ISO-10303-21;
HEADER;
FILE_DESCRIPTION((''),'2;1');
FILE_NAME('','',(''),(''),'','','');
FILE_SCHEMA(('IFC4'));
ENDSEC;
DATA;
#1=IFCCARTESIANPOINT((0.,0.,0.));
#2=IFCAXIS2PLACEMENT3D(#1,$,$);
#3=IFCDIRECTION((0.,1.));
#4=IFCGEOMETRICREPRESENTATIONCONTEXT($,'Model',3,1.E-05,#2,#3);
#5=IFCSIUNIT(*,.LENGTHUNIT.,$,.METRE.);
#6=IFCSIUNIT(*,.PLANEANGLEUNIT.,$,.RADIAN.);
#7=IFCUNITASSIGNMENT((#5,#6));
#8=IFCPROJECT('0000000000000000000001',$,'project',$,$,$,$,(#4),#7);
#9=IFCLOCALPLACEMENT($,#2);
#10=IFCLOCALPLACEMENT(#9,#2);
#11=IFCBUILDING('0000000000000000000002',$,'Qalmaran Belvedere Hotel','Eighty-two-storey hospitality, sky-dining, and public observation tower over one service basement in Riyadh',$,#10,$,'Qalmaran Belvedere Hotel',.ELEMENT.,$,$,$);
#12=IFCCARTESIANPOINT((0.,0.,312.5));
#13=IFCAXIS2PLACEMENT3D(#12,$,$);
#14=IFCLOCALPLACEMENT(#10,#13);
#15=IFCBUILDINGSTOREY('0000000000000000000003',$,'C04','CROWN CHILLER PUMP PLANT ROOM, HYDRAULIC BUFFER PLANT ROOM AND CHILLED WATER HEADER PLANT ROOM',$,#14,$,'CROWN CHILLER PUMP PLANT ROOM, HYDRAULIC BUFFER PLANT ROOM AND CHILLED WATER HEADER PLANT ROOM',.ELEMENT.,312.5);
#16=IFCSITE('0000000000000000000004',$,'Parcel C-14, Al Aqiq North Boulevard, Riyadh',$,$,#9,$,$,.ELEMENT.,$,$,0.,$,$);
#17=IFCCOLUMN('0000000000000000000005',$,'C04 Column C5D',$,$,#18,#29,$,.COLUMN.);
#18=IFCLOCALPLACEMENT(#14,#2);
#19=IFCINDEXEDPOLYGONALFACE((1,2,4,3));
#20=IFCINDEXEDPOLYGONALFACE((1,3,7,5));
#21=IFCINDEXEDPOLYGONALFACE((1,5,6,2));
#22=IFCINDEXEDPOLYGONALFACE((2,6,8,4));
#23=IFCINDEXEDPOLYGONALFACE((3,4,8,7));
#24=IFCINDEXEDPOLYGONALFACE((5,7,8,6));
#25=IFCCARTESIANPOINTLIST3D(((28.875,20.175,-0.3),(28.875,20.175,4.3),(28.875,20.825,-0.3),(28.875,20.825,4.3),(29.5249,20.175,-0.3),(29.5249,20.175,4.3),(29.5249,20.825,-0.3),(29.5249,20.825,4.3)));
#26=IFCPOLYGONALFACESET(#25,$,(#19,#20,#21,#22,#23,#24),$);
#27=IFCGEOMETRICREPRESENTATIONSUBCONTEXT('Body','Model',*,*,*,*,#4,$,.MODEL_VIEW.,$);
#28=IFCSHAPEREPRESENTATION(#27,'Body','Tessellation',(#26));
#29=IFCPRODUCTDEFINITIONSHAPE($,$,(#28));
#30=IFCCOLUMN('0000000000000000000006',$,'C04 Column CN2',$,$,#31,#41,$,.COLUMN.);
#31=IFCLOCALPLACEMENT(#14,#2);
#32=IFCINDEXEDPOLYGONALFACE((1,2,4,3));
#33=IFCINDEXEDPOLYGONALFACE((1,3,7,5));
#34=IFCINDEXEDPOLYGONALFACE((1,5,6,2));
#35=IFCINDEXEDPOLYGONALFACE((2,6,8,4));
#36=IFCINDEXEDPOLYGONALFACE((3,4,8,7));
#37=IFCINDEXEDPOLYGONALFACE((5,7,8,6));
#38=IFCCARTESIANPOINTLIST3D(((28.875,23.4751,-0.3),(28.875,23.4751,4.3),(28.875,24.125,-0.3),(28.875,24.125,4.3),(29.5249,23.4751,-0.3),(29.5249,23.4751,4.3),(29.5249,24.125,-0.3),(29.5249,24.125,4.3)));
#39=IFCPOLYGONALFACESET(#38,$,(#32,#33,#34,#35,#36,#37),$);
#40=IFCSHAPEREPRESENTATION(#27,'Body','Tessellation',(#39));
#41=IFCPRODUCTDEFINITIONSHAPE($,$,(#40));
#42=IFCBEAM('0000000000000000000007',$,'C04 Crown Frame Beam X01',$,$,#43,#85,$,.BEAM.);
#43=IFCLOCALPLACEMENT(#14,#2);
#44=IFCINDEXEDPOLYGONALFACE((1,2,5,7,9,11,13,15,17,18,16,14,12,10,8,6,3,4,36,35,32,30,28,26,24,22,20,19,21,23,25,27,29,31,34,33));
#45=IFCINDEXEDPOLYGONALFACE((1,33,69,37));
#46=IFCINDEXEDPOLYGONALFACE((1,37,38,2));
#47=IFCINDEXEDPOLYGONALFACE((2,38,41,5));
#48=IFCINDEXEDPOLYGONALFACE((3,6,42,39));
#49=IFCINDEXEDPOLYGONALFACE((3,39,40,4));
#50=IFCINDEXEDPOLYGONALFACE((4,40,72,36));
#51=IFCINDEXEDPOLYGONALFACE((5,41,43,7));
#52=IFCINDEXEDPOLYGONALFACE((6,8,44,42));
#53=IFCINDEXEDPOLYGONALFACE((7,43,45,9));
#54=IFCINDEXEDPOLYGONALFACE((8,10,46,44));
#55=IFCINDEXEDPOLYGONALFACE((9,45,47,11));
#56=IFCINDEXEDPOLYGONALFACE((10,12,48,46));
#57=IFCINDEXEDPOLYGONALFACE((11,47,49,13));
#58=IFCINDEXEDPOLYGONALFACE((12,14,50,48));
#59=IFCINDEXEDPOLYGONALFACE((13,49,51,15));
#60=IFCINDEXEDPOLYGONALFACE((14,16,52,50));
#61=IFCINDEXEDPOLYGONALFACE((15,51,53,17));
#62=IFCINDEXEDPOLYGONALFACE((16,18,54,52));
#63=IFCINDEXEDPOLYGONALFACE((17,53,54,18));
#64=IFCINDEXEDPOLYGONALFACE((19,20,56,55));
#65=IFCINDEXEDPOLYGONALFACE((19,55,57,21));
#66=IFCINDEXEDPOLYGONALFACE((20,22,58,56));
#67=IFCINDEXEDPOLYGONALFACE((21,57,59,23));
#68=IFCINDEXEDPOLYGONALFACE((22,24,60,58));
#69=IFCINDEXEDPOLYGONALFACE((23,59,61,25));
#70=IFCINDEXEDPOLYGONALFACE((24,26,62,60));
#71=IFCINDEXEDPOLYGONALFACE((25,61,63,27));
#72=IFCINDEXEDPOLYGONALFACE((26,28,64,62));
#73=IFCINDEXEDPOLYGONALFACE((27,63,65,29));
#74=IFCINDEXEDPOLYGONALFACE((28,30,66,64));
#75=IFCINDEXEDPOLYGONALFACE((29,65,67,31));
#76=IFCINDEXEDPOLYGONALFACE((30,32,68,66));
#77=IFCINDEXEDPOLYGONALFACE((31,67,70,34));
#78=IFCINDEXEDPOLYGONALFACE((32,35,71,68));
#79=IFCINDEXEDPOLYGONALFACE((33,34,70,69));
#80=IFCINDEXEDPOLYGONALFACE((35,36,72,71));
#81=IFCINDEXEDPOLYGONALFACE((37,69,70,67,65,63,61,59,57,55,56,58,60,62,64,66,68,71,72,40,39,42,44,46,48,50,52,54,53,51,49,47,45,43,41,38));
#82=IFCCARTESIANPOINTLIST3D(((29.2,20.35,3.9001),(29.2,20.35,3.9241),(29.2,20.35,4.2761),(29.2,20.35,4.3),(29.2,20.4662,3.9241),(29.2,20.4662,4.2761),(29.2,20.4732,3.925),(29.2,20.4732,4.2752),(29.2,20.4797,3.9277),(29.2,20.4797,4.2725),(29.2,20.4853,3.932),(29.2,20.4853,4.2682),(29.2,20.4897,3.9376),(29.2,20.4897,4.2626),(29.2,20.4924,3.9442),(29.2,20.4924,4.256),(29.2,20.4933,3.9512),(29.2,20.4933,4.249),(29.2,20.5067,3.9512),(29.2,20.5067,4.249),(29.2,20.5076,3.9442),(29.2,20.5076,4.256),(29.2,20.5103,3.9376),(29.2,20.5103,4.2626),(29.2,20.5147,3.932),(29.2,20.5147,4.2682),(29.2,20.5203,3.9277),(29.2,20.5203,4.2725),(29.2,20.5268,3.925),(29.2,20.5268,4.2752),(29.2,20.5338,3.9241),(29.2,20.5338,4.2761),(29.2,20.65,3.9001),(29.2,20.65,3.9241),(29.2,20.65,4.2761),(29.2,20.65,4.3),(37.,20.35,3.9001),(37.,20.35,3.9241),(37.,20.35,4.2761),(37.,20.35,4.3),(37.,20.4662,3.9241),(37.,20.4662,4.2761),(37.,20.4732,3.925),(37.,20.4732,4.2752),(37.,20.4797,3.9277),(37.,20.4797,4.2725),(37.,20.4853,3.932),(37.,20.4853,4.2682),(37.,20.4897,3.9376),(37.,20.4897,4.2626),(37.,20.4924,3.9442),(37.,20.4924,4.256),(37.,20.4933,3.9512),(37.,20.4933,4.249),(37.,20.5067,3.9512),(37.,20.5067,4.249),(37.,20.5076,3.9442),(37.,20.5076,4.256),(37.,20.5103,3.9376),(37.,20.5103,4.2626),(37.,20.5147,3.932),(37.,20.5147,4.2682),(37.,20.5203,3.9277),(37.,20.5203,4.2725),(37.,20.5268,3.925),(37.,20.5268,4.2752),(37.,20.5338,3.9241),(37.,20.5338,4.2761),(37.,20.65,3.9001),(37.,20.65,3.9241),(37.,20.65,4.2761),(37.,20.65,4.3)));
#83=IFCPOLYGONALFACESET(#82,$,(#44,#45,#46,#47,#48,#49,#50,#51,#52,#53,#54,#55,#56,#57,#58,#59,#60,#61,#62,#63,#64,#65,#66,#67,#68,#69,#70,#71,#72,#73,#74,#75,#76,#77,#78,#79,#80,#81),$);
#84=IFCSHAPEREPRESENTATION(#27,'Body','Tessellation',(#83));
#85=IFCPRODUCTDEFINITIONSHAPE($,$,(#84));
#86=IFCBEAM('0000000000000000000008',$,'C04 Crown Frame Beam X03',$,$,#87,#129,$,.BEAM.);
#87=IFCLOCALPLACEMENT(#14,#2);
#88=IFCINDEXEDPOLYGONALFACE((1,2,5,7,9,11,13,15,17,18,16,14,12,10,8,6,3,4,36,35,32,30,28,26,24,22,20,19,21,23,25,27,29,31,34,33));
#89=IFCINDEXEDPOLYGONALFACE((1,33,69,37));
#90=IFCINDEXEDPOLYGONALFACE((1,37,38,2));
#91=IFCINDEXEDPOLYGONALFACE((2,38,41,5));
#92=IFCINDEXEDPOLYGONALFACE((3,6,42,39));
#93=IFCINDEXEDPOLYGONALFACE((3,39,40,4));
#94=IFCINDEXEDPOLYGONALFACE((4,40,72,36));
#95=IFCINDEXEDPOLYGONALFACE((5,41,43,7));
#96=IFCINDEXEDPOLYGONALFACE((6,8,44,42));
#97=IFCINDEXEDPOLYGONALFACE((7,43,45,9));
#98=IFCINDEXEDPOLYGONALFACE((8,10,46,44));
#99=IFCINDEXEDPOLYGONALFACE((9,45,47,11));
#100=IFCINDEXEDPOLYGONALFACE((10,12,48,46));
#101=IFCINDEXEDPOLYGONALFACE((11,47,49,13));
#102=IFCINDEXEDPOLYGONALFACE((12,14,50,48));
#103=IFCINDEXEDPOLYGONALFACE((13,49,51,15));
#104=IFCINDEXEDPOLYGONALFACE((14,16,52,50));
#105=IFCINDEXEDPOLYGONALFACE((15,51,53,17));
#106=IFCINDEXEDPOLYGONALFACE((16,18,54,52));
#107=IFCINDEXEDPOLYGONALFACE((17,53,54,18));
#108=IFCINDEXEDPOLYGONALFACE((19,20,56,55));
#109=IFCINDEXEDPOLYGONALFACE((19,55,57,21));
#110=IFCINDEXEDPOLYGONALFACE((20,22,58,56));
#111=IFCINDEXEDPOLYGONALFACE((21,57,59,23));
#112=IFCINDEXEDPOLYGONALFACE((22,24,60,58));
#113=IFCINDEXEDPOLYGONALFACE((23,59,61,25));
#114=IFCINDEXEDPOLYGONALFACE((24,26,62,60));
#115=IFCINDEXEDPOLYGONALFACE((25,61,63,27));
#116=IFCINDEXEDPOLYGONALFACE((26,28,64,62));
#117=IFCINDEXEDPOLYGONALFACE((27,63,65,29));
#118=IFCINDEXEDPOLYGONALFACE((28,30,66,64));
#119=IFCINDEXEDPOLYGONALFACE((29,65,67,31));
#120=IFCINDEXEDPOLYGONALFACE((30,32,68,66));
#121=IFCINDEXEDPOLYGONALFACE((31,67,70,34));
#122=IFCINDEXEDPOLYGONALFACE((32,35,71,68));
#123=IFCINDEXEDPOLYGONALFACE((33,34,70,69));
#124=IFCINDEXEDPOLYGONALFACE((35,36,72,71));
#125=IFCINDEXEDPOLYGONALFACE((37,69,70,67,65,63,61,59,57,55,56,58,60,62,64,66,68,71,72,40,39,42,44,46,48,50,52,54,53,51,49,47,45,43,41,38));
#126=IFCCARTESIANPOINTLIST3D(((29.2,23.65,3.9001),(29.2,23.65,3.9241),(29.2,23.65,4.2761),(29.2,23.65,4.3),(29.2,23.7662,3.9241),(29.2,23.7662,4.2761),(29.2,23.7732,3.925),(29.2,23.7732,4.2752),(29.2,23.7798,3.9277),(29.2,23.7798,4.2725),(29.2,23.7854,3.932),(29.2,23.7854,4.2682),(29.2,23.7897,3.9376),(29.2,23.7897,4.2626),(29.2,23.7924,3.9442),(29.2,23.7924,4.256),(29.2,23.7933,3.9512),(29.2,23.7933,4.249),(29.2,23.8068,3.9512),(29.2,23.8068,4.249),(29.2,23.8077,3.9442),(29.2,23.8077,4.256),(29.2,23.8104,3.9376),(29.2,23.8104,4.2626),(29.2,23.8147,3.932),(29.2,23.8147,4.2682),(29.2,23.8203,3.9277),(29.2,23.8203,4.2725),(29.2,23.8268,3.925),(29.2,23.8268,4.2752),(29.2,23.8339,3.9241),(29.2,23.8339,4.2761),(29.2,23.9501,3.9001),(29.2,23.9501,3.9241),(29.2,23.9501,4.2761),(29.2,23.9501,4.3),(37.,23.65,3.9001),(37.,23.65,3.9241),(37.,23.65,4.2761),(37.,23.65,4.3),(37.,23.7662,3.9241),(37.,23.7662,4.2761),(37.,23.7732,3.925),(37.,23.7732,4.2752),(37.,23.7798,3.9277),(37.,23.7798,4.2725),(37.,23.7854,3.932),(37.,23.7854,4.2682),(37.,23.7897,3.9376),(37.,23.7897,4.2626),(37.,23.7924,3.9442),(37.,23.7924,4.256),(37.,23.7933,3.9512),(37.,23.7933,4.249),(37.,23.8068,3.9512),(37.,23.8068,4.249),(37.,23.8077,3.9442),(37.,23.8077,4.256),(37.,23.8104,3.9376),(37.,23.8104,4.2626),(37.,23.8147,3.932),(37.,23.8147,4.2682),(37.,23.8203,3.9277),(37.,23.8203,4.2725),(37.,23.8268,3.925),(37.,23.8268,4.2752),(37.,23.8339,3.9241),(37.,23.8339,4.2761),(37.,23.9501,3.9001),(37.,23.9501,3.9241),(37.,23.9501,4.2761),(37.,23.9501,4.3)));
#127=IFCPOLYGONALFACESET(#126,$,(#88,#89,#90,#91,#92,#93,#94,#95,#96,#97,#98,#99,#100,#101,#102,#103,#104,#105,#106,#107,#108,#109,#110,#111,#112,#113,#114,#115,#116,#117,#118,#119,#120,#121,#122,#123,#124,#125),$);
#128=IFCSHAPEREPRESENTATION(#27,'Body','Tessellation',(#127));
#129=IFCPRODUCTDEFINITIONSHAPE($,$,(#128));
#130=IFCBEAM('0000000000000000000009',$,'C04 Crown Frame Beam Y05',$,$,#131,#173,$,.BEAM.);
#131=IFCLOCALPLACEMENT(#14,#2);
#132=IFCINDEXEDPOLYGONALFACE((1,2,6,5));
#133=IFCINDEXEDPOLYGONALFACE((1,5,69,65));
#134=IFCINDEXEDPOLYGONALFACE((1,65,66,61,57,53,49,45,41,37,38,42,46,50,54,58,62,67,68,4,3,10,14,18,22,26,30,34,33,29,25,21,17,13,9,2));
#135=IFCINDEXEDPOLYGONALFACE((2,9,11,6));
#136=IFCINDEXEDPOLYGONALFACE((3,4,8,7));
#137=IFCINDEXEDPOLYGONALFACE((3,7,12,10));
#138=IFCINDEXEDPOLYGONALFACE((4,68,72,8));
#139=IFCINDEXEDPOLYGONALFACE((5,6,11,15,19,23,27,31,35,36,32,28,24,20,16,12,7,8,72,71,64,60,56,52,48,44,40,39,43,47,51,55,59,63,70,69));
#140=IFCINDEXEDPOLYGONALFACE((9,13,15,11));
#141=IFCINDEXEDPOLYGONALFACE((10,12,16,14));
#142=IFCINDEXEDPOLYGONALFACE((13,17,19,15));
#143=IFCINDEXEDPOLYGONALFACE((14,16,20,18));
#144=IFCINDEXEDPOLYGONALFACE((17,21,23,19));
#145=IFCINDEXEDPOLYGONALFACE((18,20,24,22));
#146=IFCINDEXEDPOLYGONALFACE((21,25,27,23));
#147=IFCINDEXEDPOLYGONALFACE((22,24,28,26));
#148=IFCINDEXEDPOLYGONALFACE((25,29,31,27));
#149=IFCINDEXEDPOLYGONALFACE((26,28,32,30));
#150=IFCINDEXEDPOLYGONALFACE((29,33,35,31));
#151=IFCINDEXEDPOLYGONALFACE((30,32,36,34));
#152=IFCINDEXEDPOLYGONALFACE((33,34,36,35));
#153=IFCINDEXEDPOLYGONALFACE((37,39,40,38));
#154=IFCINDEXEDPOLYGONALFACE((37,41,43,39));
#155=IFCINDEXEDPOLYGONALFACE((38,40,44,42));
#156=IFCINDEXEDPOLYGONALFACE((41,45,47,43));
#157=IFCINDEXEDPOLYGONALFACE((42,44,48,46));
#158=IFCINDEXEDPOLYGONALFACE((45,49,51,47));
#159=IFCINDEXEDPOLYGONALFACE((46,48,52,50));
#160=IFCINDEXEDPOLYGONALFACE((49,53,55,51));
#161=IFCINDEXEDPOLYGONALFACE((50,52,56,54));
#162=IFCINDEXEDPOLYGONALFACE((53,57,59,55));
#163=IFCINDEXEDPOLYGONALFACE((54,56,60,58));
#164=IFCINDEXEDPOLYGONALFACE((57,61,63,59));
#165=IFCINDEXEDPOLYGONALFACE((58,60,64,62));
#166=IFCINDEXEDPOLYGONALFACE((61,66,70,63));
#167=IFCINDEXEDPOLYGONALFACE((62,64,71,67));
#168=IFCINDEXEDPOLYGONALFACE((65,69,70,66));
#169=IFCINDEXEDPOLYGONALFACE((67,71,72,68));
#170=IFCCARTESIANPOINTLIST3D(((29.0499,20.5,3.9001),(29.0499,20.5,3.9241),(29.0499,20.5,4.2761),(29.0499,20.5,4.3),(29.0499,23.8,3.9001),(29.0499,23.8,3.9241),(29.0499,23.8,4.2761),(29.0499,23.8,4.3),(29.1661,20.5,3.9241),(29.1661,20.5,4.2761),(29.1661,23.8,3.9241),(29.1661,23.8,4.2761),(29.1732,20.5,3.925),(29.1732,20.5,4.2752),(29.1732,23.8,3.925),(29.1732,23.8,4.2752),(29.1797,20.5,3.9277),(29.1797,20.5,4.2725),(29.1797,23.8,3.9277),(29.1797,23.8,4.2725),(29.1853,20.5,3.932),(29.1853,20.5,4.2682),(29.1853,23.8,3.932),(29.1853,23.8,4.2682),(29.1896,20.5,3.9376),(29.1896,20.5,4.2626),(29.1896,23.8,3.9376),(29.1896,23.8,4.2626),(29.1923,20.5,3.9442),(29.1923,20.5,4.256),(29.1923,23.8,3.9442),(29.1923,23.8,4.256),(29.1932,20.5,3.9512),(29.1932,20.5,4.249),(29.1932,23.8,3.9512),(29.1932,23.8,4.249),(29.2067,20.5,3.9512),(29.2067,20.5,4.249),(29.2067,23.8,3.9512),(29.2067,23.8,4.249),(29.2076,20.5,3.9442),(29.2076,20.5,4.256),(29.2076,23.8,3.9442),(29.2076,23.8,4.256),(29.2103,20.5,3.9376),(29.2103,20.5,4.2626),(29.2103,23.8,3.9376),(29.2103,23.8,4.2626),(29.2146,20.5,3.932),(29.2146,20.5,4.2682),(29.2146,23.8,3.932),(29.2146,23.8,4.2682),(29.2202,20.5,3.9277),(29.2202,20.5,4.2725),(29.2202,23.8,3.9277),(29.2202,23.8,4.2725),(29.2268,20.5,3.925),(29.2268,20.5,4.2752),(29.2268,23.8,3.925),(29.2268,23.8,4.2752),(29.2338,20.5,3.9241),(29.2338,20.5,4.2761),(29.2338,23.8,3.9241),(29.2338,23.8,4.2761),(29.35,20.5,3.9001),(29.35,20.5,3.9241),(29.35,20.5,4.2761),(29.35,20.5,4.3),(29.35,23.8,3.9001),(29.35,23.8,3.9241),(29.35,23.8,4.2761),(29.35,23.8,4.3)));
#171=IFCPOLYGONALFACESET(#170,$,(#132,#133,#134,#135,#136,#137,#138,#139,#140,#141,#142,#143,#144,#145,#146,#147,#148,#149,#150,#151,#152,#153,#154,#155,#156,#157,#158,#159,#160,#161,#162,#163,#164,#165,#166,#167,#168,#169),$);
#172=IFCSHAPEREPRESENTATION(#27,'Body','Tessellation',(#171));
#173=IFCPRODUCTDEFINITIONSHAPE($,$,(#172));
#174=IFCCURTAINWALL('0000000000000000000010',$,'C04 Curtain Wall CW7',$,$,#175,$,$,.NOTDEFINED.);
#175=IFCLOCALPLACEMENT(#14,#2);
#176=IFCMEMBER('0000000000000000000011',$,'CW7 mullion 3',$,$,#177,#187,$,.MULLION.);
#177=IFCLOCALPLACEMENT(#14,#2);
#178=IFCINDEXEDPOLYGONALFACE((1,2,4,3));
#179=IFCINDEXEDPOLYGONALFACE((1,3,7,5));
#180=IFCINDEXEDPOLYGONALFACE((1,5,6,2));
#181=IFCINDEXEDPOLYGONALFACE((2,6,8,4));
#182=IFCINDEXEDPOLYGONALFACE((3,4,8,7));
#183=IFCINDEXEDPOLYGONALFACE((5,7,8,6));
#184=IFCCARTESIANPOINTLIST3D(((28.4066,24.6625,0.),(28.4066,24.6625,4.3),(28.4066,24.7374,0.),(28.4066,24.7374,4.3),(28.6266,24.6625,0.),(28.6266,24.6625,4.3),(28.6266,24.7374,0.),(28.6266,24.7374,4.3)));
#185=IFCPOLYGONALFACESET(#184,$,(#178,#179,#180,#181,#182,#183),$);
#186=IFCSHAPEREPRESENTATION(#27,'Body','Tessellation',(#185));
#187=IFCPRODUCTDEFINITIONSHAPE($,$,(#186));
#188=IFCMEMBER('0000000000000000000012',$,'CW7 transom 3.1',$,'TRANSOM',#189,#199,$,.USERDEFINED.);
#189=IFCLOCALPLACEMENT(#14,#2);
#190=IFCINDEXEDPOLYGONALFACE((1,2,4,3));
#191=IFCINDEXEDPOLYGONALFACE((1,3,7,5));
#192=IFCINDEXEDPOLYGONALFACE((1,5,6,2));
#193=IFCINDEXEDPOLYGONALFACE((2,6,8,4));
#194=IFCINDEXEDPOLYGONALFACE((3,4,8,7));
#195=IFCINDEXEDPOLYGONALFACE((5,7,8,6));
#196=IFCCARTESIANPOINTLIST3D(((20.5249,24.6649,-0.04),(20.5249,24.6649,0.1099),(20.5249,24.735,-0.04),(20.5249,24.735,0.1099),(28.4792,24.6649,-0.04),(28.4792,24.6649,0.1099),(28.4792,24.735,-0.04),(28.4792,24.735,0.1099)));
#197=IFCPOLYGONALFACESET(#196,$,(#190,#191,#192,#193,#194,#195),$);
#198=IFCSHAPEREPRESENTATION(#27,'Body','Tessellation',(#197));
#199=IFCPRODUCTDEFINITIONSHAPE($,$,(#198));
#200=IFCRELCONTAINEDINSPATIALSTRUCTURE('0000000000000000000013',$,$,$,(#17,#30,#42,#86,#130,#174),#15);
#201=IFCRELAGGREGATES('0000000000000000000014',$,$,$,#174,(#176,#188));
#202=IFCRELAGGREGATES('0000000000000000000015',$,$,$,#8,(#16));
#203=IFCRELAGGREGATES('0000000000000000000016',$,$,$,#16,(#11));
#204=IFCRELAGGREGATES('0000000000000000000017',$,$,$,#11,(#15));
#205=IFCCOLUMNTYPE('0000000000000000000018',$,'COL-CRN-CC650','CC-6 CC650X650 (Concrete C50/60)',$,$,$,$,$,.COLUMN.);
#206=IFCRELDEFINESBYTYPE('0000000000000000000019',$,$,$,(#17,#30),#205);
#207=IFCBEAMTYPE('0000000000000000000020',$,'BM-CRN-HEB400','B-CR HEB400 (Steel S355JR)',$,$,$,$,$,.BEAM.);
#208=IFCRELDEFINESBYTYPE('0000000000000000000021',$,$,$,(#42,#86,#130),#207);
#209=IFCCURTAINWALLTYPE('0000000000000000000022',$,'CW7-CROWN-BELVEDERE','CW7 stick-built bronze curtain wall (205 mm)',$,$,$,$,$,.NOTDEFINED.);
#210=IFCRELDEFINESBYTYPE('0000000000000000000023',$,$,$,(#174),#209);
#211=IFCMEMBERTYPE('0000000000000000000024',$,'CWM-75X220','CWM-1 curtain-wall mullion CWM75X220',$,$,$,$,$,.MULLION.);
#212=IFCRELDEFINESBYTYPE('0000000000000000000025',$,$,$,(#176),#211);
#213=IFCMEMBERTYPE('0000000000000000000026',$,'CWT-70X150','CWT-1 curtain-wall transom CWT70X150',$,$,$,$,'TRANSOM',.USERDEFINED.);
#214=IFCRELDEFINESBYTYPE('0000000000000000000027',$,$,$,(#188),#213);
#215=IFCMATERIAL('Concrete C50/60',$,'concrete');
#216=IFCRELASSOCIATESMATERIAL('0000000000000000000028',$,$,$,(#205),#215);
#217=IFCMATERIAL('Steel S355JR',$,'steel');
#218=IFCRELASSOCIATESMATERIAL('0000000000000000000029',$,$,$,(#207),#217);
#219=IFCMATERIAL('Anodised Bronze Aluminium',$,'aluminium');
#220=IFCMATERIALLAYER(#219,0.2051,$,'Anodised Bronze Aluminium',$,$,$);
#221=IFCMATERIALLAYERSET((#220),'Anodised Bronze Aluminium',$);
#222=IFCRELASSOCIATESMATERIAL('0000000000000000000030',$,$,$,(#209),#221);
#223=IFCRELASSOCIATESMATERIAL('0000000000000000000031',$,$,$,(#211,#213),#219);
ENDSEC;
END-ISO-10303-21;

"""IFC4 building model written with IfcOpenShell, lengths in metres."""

from ifc_helpers import new_model, si_unit, direction, frame, origin, origin_2d, place, context, subcontext, project, spatial, rectangle, i_section, extrude, material, layer, layer_set, material_profile, profile_set, type_object, element, aggregate, save


model = new_model("IFC4")

# Units and contexts
model_context = context("Model", 3, precision=1e-05, world=origin(), true_north=direction((0.0, 1.0)))
body_context = subcontext(model_context, "Body", "Model", "MODEL_VIEW")
ifc_project = project(units=[si_unit("LENGTHUNIT", "METRE"), si_unit("PLANEANGLEUNIT", "RADIAN")], contexts=[model_context])

# Site, building, storey
site_placement = place(None, origin())
site = spatial("IfcSite", under=ifc_project, at=site_placement, Name="Parcel C-14, Al Aqiq North Boulevard, Riyadh", CompositionType="ELEMENT", RefElevation=0.0)
building_placement = place(site_placement, origin())
building = spatial("IfcBuilding", under=site, at=building_placement, Name="Qalmaran Belvedere Hotel", Description="Eighty-two-storey hospitality, sky-dining, and public observation tower over one service basement in Riyadh", LongName="Qalmaran Belvedere Hotel", CompositionType="ELEMENT")
storey_placement = place(building_placement, frame((0.0, 0.0, 312.5)))
storey = spatial("IfcBuildingStorey", under=building, at=storey_placement, Name="C04", Description="CROWN CHILLER PUMP PLANT ROOM, HYDRAULIC BUFFER PLANT ROOM AND CHILLED WATER HEADER PLANT ROOM", LongName="CROWN CHILLER PUMP PLANT ROOM, HYDRAULIC BUFFER PLANT ROOM AND CHILLED WATER HEADER PLANT ROOM", CompositionType="ELEMENT", Elevation=312.5)

# Columns
ifc_material_1 = material(Name="Concrete C50/60", Category="concrete")
ifc_material_profile_1 = material_profile(ifc_material_1, rectangle(XDim=0.6499, YDim=0.6499, at=origin_2d()), Name="CC650X650")
ifc_profile_set_1 = profile_set([ifc_material_profile_1], Name="Concrete C50/60")
column_type = type_object("IfcColumnType", Name="COL-CRN-CC650", Description="CC-6 CC650X650 (Concrete C50/60)", PredefinedType="COLUMN", material=ifc_profile_set_1)
for number, where, z_axis, x_axis, name in (
    (1, (29.2, 20.5, -0.3), (0.0, 0.0, 1.0), (1.0, 0.0, 0.0), "C04 Column C5D"),
    (2, (29.2, 23.8, -0.3), (0.0, 0.0, 1.0), (1.0, 0.0, 0.0), "C04 Column CN2"),
):
    element("IfcColumn", number, at=place(storey_placement, frame(where, z_axis=z_axis, x_axis=x_axis)), inside=storey, type_object=column_type, Name=name, PredefinedType="COLUMN", context=body_context, shape_type="SweptSolid", body=[
        extrude(rectangle(XDim=0.6499, YDim=0.6499, at=origin_2d()), origin(), (0.0, 0.0, 1.0), 4.6001),
    ])

# Beams
ifc_material_2 = material(Name="Steel S355JR", Category="steel")
ifc_material_profile_2 = material_profile(ifc_material_2, i_section(OverallWidth=0.3, OverallDepth=0.3999, WebThickness=0.0134, FlangeThickness=0.0239, FilletRadius=0.0271, at=origin_2d()), Name="HEB400")
ifc_profile_set_2 = profile_set([ifc_material_profile_2], Name="Steel S355JR")
beam_type = type_object("IfcBeamType", Name="BM-CRN-HEB400", Description="B-CR HEB400 (Steel S355JR)", PredefinedType="BEAM", material=ifc_profile_set_2)
for number, where, z_axis, x_axis, name in (
    (3, (29.2, 20.5, 4.1001), (1.0, 0.0, 0.0), (0.0, 1.0, 0.0), "C04 Crown Frame Beam X01"),
    (4, (29.2, 23.8, 4.1001), (1.0, 0.0, 0.0), (0.0, 1.0, 0.0), "C04 Crown Frame Beam X03"),
):
    element("IfcBeam", number, at=place(storey_placement, frame(where, z_axis=z_axis, x_axis=x_axis)), inside=storey, type_object=beam_type, Name=name, PredefinedType="BEAM", context=body_context, shape_type="SweptSolid", body=[
        extrude(i_section(OverallWidth=0.3, OverallDepth=0.3999, WebThickness=0.0134, FlangeThickness=0.0239, FilletRadius=0.0271, at=origin_2d()), origin(), (0.0, 0.0, 1.0), 7.8),
    ])
beam_placement = place(storey_placement, frame((29.2, 20.5, 4.1001), z_axis=(0.0, 1.0, 0.0), x_axis=(-1.0, 0.0, 0.0)))
element("IfcBeam", 5, at=beam_placement, inside=storey, type_object=beam_type, Name="C04 Crown Frame Beam Y05", PredefinedType="BEAM", context=body_context, shape_type="SweptSolid", body=[
    extrude(i_section(OverallWidth=0.3, OverallDepth=0.3999, WebThickness=0.0134, FlangeThickness=0.0239, FilletRadius=0.0271, at=origin_2d()), origin(), (0.0, 0.0, 1.0), 3.3),
])

# Curtain wall, members
ifc_material_3 = material(Name="Anodised Bronze Aluminium", Category="aluminium")
ifc_layer_1 = layer(ifc_material_3, 0.2051, Name="Anodised Bronze Aluminium")
ifc_layer_set_1 = layer_set([ifc_layer_1], Name="Anodised Bronze Aluminium")
curtain_wall_type = type_object("IfcCurtainWallType", Name="CW7-CROWN-BELVEDERE", Description="CW7 stick-built bronze curtain wall (205 mm)", PredefinedType="NOTDEFINED", material=ifc_layer_set_1)
curtain_wall_placement = place(storey_placement, origin())
curtain_wall = element("IfcCurtainWall", 6, at=curtain_wall_placement, inside=storey, type_object=curtain_wall_type, Name="C04 Curtain Wall CW7", PredefinedType="NOTDEFINED")
ifc_material_profile_3 = material_profile(ifc_material_3, rectangle(XDim=0.075, YDim=0.22, at=origin_2d()), Name="CWM75X220")
ifc_profile_set_3 = profile_set([ifc_material_profile_3], Name="Anodised Bronze Aluminium")
member_type_1 = type_object("IfcMemberType", Name="CWM-75X220", Description="CWM-1 curtain-wall mullion CWM75X220", PredefinedType="MULLION", material=ifc_profile_set_3)
member_1_placement = place(storey_placement, frame((28.5166, 24.7, 0.0), z_axis=(0.0, 0.0, 1.0), x_axis=(0.0, -1.0, 0.0)))
member_1 = element("IfcMember", 7, at=member_1_placement, type_object=member_type_1, Name="CW7 mullion 3", PredefinedType="MULLION", context=body_context, shape_type="SweptSolid", body=[
    extrude(rectangle(XDim=0.075, YDim=0.22, at=origin_2d()), origin(), (0.0, 0.0, 1.0), 4.3),
])
ifc_material_profile_4 = material_profile(ifc_material_3, rectangle(XDim=0.0701, YDim=0.1499, at=origin_2d()), Name="CWT70X150")
ifc_profile_set_4 = profile_set([ifc_material_profile_4], Name="Anodised Bronze Aluminium")
member_type_2 = type_object("IfcMemberType", Name="CWT-70X150", Description="CWT-1 curtain-wall transom CWT70X150", ElementType="TRANSOM", PredefinedType="USERDEFINED", material=ifc_profile_set_4)
member_2_placement = place(storey_placement, frame((28.4792, 24.7, 0.0349), z_axis=(-1.0, 0.0, 0.0), x_axis=(0.0, -1.0, 0.0)))
member_2 = element("IfcMember", 8, at=member_2_placement, type_object=member_type_2, Name="CW7 transom 3.1", ObjectType="TRANSOM", PredefinedType="USERDEFINED", context=body_context, shape_type="SweptSolid", body=[
    extrude(rectangle(XDim=0.0701, YDim=0.1499, at=origin_2d()), origin(), (0.0, 0.0, 1.0), 7.9543),
])
aggregate(curtain_wall, [member_1, member_2])

save(model, "model.ifc")
